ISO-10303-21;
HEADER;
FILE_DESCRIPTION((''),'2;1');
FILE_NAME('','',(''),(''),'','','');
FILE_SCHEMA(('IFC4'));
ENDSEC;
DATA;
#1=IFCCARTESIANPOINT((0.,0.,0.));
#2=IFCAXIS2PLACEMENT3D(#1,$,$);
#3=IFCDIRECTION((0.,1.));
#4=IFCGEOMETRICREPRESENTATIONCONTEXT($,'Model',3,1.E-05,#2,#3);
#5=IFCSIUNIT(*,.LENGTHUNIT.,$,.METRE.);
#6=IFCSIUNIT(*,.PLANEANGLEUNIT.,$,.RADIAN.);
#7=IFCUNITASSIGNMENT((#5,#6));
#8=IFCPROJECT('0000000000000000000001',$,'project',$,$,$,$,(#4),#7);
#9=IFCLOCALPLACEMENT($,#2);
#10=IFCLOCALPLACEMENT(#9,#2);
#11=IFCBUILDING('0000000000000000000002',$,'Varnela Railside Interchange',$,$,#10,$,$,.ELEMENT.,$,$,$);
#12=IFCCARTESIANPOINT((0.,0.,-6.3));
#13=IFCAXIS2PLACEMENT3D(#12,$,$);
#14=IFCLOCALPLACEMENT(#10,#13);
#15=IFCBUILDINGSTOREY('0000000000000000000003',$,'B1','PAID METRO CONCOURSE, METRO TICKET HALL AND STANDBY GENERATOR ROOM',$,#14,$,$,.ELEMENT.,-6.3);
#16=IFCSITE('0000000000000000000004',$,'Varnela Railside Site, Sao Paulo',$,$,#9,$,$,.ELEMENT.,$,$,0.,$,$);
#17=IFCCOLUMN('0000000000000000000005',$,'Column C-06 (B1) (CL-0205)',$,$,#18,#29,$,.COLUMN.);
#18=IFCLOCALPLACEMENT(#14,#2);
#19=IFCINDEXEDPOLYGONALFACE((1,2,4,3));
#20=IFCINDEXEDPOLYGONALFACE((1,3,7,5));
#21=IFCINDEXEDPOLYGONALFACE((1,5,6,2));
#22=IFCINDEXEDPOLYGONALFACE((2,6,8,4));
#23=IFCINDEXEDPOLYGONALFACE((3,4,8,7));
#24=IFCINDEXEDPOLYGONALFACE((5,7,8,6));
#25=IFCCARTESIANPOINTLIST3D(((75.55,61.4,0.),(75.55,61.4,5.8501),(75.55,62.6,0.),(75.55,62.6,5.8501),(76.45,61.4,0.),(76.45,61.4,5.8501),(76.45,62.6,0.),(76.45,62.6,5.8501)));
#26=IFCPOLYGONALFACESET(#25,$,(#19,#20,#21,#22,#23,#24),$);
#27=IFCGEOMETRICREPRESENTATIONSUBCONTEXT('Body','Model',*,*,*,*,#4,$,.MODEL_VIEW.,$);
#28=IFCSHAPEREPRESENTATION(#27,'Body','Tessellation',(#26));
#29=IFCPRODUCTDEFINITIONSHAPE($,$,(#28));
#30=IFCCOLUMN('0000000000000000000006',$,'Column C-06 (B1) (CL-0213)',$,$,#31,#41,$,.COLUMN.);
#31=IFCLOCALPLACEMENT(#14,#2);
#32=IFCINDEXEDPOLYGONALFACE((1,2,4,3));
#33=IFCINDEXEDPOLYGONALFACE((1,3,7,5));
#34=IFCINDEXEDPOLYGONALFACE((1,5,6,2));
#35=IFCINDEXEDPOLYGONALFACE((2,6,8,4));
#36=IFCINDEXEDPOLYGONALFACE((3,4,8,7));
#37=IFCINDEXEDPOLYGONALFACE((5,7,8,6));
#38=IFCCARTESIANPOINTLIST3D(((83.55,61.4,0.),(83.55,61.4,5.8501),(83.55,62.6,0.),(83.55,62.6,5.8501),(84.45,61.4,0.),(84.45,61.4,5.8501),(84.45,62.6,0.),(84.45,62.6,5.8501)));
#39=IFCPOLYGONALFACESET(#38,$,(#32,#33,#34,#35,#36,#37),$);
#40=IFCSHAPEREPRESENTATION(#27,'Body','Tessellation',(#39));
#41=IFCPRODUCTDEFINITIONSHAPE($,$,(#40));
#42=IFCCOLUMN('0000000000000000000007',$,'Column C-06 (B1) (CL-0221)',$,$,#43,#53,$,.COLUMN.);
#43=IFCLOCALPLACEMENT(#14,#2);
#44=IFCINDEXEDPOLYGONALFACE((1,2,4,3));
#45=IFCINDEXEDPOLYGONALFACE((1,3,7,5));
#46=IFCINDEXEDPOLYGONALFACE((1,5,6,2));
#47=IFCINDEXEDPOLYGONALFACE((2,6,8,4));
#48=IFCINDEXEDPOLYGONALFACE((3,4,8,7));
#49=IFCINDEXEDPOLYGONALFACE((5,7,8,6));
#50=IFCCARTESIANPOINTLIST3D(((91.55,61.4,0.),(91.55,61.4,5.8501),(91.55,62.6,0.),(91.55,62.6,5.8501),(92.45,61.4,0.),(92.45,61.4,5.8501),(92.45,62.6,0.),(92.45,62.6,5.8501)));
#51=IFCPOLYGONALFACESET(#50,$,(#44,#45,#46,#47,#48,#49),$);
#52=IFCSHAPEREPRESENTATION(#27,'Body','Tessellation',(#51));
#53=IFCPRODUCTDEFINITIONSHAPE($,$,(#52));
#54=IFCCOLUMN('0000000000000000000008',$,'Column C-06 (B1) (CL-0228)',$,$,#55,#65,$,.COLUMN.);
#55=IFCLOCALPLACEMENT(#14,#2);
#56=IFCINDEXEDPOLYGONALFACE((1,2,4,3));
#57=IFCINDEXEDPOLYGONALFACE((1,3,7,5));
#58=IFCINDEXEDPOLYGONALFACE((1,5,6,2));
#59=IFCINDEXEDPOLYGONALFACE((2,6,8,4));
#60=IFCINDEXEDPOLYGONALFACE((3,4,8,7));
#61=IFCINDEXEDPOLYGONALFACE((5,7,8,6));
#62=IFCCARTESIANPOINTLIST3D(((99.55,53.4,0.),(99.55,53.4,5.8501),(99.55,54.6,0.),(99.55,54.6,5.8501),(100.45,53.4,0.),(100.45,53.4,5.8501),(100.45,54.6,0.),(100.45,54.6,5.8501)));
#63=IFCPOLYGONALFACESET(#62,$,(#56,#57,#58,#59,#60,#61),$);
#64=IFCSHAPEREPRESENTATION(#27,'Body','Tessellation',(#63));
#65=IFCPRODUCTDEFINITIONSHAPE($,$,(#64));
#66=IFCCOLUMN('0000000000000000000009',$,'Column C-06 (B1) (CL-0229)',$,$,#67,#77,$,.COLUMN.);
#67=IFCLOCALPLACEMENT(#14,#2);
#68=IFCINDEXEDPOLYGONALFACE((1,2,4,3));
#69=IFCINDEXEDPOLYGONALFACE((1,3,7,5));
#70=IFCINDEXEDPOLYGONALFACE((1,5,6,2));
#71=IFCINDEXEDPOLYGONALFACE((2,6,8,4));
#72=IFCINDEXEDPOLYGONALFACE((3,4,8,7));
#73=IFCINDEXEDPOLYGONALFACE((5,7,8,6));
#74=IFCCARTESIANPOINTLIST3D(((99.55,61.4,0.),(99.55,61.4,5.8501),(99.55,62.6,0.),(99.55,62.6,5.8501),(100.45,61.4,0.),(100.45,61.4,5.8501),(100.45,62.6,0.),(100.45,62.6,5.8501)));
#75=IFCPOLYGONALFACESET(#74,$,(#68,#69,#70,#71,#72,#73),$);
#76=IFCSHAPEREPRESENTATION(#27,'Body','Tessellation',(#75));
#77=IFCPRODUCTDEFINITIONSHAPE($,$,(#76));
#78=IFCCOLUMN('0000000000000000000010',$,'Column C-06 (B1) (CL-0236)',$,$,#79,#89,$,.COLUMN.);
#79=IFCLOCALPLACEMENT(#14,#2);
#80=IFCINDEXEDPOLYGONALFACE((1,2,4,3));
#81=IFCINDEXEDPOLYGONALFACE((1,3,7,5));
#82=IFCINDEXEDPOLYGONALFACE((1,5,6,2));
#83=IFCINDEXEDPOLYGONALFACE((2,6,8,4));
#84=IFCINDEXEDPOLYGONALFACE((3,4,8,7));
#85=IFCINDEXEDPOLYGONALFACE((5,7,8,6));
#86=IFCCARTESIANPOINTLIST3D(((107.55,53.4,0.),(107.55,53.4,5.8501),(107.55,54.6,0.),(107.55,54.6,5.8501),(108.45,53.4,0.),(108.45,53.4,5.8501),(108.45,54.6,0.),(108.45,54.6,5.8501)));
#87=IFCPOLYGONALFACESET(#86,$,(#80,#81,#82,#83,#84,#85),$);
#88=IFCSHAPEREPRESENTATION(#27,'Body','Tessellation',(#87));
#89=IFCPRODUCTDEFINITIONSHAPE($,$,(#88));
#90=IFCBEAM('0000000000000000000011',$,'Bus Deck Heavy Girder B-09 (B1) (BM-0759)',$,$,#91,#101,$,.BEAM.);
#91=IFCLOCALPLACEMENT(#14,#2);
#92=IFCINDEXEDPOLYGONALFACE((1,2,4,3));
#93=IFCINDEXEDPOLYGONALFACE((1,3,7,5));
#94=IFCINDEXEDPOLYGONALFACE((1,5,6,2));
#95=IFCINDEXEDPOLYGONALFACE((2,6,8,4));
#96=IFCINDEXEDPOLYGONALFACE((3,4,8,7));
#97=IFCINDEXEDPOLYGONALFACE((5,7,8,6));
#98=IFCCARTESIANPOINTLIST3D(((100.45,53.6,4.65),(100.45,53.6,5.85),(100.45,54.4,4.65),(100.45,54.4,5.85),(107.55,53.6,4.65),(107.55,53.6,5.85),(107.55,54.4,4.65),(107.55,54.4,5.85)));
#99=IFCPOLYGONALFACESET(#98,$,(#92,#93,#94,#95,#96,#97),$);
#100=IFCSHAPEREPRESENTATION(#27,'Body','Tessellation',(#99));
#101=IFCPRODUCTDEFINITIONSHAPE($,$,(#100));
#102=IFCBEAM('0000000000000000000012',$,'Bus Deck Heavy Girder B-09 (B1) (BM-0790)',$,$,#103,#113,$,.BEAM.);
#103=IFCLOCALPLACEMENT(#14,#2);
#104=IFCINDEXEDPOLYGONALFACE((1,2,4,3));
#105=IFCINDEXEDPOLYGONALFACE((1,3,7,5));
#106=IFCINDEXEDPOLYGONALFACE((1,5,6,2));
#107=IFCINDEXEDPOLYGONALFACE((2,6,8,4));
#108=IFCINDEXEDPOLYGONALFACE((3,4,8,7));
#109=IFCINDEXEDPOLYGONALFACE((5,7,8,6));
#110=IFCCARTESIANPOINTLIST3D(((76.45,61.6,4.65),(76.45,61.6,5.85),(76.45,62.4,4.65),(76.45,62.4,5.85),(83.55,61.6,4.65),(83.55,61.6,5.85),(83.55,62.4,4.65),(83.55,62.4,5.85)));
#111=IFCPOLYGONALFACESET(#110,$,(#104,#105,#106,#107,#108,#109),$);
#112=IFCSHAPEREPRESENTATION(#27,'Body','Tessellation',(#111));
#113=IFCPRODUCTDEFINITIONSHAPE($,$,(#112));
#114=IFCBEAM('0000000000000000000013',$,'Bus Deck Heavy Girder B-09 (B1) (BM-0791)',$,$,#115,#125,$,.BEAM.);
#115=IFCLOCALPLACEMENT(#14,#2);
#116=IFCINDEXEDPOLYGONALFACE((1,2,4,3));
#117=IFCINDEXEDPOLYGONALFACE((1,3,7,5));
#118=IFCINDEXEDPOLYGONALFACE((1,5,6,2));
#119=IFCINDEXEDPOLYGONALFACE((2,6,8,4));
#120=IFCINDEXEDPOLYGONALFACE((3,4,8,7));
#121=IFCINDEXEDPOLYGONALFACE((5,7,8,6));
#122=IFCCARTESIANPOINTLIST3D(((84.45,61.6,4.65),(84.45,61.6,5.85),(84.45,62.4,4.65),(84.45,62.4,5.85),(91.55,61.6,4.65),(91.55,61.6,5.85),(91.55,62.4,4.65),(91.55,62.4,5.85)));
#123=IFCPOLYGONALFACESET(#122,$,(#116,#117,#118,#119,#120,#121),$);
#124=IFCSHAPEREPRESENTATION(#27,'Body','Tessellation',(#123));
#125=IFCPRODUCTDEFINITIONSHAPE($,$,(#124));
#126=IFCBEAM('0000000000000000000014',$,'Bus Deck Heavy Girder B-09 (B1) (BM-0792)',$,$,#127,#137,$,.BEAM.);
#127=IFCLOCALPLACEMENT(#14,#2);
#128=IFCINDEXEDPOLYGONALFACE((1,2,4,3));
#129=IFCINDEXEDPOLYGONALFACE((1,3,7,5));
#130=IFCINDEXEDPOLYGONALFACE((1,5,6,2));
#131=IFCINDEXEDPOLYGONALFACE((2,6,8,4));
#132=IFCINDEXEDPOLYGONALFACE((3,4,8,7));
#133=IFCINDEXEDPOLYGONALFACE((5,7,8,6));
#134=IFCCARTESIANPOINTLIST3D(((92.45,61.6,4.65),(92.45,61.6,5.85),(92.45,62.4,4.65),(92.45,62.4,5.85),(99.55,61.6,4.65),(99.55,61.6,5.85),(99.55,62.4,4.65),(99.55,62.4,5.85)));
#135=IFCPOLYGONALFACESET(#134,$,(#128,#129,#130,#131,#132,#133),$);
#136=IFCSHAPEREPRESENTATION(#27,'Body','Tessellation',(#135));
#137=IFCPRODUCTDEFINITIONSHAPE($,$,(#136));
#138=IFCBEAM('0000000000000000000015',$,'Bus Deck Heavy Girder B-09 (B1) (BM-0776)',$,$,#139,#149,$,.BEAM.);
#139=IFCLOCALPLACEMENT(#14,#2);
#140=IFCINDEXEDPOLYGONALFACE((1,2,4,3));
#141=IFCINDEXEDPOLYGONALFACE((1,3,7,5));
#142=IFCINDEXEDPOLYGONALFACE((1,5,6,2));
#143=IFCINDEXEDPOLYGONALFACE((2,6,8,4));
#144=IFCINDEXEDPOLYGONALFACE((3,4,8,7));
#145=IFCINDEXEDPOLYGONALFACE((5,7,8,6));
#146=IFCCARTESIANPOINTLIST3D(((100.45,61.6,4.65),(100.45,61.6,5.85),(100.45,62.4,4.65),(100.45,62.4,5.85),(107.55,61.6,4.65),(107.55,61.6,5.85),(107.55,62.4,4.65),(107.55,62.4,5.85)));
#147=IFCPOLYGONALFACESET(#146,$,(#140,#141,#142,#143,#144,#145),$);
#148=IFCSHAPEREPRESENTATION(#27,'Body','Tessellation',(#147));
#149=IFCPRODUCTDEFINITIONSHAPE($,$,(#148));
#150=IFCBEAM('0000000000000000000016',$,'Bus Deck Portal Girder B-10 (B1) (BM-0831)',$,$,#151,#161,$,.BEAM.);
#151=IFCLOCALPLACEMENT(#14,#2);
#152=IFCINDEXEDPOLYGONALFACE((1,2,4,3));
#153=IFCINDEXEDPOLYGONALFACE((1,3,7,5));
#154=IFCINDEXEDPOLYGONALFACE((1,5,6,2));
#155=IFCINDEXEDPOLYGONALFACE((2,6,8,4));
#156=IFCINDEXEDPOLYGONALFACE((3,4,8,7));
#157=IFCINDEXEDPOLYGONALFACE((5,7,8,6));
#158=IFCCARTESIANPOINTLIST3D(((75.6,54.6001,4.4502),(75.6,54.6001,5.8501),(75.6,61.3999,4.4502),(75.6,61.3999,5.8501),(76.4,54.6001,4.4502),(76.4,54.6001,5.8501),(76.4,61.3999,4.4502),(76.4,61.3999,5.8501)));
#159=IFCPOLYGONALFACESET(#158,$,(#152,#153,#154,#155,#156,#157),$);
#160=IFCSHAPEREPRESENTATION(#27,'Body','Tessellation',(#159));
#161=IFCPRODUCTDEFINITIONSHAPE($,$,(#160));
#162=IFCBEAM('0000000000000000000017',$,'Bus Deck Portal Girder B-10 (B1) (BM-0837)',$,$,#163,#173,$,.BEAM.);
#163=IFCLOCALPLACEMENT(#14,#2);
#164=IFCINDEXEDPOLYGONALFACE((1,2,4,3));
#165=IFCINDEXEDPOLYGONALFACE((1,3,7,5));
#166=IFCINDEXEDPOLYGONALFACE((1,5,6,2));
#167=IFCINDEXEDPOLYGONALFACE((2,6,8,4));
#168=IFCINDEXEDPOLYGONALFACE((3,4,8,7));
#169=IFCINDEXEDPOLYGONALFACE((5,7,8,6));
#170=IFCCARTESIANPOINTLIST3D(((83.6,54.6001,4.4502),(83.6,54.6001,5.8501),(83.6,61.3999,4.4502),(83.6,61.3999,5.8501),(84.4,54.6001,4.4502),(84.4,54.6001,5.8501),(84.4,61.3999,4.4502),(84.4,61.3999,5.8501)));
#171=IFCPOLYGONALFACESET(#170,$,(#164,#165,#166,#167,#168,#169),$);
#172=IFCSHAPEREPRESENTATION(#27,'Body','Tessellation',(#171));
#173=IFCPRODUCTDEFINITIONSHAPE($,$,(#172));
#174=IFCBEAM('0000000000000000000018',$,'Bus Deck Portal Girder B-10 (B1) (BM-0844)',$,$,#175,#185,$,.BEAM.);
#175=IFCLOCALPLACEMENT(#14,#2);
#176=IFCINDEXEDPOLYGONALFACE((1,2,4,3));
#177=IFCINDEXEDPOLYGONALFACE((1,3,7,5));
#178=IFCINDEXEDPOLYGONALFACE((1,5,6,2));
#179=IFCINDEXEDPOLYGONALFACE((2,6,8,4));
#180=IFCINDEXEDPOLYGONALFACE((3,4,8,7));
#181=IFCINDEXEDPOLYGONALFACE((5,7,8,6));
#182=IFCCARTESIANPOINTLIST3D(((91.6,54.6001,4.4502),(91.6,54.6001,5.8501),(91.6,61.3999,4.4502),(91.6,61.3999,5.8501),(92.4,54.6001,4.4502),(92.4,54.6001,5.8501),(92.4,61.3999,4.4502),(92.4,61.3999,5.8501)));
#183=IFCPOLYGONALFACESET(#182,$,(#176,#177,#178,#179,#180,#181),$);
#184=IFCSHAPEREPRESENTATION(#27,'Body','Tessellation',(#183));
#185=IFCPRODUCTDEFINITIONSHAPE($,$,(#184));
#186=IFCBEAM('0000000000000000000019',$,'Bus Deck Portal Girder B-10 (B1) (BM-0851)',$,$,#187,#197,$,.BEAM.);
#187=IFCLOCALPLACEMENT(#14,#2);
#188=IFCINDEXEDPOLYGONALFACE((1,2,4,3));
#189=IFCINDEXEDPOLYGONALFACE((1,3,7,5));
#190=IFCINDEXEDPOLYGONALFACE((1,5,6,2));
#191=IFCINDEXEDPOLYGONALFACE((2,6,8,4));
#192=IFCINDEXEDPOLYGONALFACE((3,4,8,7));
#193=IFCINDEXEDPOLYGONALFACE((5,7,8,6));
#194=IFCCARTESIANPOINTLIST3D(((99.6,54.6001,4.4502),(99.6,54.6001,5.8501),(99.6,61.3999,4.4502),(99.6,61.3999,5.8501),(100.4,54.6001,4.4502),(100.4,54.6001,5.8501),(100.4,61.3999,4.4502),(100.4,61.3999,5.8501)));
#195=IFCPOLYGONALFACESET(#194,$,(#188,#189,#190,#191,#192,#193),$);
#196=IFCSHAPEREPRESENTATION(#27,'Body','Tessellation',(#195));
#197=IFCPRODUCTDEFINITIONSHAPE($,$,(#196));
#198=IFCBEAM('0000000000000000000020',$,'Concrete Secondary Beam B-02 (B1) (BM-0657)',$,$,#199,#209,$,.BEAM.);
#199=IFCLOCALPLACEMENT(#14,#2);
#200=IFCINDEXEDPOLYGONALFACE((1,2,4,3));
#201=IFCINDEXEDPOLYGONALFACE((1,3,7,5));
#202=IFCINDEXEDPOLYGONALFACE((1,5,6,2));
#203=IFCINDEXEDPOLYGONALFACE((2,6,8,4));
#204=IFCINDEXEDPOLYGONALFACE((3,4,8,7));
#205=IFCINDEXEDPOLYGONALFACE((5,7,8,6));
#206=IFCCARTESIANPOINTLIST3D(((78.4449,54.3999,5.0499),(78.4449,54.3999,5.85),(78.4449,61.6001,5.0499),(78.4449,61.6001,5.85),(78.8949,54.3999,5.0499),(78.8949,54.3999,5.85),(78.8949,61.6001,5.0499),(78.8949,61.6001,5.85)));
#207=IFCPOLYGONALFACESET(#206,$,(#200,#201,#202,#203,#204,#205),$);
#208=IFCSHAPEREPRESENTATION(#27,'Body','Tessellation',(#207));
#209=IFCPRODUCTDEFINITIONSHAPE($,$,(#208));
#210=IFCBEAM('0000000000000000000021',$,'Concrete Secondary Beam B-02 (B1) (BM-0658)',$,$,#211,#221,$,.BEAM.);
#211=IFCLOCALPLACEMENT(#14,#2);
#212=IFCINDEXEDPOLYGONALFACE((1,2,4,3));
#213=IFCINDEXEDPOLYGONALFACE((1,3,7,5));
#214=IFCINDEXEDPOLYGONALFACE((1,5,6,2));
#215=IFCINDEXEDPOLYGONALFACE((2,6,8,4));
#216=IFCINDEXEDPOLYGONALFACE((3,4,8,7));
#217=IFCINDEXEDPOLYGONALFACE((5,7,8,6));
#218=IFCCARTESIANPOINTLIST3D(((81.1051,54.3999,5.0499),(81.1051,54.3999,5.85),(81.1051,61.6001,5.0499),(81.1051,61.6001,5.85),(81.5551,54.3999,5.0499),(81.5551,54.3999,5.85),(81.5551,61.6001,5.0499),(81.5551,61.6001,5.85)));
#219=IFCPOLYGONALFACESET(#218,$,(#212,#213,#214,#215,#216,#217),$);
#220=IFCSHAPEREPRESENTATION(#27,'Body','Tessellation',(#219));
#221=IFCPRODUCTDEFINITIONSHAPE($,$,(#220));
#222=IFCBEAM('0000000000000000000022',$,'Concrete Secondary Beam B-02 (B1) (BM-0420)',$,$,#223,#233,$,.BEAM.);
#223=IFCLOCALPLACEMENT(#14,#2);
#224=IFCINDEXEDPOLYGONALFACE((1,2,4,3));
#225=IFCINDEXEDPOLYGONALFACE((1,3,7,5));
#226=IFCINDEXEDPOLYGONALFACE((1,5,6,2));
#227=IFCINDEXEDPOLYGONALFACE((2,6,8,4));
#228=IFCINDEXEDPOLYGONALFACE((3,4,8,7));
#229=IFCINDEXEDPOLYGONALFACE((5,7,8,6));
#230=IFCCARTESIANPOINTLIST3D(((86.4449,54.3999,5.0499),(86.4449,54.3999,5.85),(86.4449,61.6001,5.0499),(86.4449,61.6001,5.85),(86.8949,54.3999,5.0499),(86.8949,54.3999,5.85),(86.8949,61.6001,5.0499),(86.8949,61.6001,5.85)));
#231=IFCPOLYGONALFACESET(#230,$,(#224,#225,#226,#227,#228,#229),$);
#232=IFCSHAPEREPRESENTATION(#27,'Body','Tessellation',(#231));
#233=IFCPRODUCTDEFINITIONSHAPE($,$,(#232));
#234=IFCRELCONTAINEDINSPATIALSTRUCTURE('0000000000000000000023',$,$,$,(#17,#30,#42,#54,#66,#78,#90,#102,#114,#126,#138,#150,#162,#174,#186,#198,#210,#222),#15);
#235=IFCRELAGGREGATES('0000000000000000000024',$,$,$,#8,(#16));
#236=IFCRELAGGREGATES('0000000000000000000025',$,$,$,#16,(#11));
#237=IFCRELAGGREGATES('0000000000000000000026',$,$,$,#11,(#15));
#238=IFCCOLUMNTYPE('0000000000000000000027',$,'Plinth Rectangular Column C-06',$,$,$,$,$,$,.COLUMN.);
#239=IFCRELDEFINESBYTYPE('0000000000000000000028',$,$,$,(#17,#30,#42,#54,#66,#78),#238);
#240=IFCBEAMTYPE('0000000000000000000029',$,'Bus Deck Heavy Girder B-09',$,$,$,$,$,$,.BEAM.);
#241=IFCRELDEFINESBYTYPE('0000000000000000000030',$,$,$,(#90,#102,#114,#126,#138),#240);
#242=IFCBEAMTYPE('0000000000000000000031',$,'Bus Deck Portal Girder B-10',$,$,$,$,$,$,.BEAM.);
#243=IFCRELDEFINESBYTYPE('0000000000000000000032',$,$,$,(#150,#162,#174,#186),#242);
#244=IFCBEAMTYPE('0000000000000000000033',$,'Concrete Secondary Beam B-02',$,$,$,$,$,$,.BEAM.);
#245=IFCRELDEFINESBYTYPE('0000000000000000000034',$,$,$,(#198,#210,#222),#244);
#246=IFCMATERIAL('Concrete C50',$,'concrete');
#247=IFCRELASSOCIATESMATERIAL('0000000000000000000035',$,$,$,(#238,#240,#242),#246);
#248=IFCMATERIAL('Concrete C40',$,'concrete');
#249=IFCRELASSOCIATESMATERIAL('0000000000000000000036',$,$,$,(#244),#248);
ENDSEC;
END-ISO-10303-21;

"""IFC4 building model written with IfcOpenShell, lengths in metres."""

from ifc_helpers import new_model, si_unit, direction, frame, origin, origin_2d, place, context, subcontext, project, spatial, rectangle, extrude, material, material_profile, profile_set, type_object, element, save


model = new_model("IFC4")

# Units and contexts
model_context = context("Model", 3, precision=1e-05, world=origin(), true_north=direction((0.0, 1.0)))
body_context = subcontext(model_context, "Body", "Model", "MODEL_VIEW")
ifc_project = project(units=[si_unit("LENGTHUNIT", "METRE"), si_unit("PLANEANGLEUNIT", "RADIAN")], contexts=[model_context])

# Site, building, storey
site_placement = place(None, origin())
site = spatial("IfcSite", under=ifc_project, at=site_placement, Name="Varnela Railside Site, Sao Paulo", CompositionType="ELEMENT", RefElevation=0.0)
building_placement = place(site_placement, origin())
building = spatial("IfcBuilding", under=site, at=building_placement, Name="Varnela Railside Interchange", CompositionType="ELEMENT")
storey_placement = place(building_placement, frame((0.0, 0.0, -6.3)))
storey = spatial("IfcBuildingStorey", under=building, at=storey_placement, Name="B1", Description="PAID METRO CONCOURSE, METRO TICKET HALL AND STANDBY GENERATOR ROOM", CompositionType="ELEMENT", Elevation=-6.3)

# Columns
ifc_material_1 = material(Name="Concrete C50", Category="concrete")
ifc_material_profile_1 = material_profile(ifc_material_1, rectangle(XDim=0.8999, YDim=1.2, at=origin_2d()), Name="RC 900x1200")
ifc_profile_set_1 = profile_set([ifc_material_profile_1], Name="Concrete C50")
column_type = type_object("IfcColumnType", Name="Plinth Rectangular Column C-06", PredefinedType="COLUMN", material=ifc_profile_set_1)
for number, where, z_axis, x_axis, name in (
    (1, (76.0, 62.0, 0.0), (0.0, 0.0, 1.0), (1.0, 0.0, 0.0), "Column C-06 (B1) (CL-0205)"),
    (2, (84.0, 62.0, 0.0), (0.0, 0.0, 1.0), (1.0, 0.0, 0.0), "Column C-06 (B1) (CL-0213)"),
    (3, (92.0, 62.0, 0.0), (0.0, 0.0, 1.0), (1.0, 0.0, 0.0), "Column C-06 (B1) (CL-0221)"),
    (4, (100.0, 54.0, 0.0), (0.0, 0.0, 1.0), (1.0, 0.0, 0.0), "Column C-06 (B1) (CL-0228)"),
    (5, (100.0, 62.0, 0.0), (0.0, 0.0, 1.0), (1.0, 0.0, 0.0), "Column C-06 (B1) (CL-0229)"),
    (6, (108.0, 54.0, 0.0), (0.0, 0.0, 1.0), (1.0, 0.0, 0.0), "Column C-06 (B1) (CL-0236)"),
):
    element("IfcColumn", number, at=place(storey_placement, frame(where, z_axis=z_axis, x_axis=x_axis)), inside=storey, type_object=column_type, Name=name, PredefinedType="COLUMN", context=body_context, shape_type="SweptSolid", body=[
        extrude(rectangle(XDim=0.8999, YDim=1.2, at=origin_2d()), origin(), (0.0, 0.0, 1.0), 5.8501),
    ])

# Beams
ifc_material_profile_2 = material_profile(ifc_material_1, rectangle(XDim=0.8, YDim=1.2, at=origin_2d()), Name="RC 800x1200")
ifc_profile_set_2 = profile_set([ifc_material_profile_2], Name="Concrete C50")
beam_type_1 = type_object("IfcBeamType", Name="Bus Deck Heavy Girder B-09", PredefinedType="BEAM", material=ifc_profile_set_2)
for number, where, z_axis, x_axis, name in (
    (7, (100.45, 54.0, 5.25), (1.0, 0.0, 0.0), (0.0, 1.0, 0.0), "Bus Deck Heavy Girder B-09 (B1) (BM-0759)"),
    (8, (76.45, 62.0, 5.25), (1.0, 0.0, 0.0), (0.0, 1.0, 0.0), "Bus Deck Heavy Girder B-09 (B1) (BM-0790)"),
    (9, (84.45, 62.0, 5.25), (1.0, 0.0, 0.0), (0.0, 1.0, 0.0), "Bus Deck Heavy Girder B-09 (B1) (BM-0791)"),
    (10, (92.45, 62.0, 5.25), (1.0, 0.0, 0.0), (0.0, 1.0, 0.0), "Bus Deck Heavy Girder B-09 (B1) (BM-0792)"),
    (11, (100.45, 62.0, 5.25), (1.0, 0.0, 0.0), (0.0, 1.0, 0.0), "Bus Deck Heavy Girder B-09 (B1) (BM-0776)"),
):
    element("IfcBeam", number, at=place(storey_placement, frame(where, z_axis=z_axis, x_axis=x_axis)), inside=storey, type_object=beam_type_1, Name=name, PredefinedType="BEAM", context=body_context, shape_type="SweptSolid", body=[
        extrude(rectangle(XDim=0.8, YDim=1.2, at=origin_2d()), origin(), (0.0, 0.0, 1.0), 7.1001),
    ])
ifc_material_profile_3 = material_profile(ifc_material_1, rectangle(XDim=0.8, YDim=1.3999, at=origin_2d()), Name="RC 800x1400")
ifc_profile_set_3 = profile_set([ifc_material_profile_3], Name="Concrete C50")
beam_type_2 = type_object("IfcBeamType", Name="Bus Deck Portal Girder B-10", PredefinedType="BEAM", material=ifc_profile_set_3)
for number, where, z_axis, x_axis, name in (
    (12, (76.0, 54.6001, 5.1501), (0.0, 1.0, 0.0), (-1.0, 0.0, 0.0), "Bus Deck Portal Girder B-10 (B1) (BM-0831)"),
    (13, (84.0, 54.6001, 5.1501), (0.0, 1.0, 0.0), (-1.0, 0.0, 0.0), "Bus Deck Portal Girder B-10 (B1) (BM-0837)"),
    (14, (92.0, 54.6001, 5.1501), (0.0, 1.0, 0.0), (-1.0, 0.0, 0.0), "Bus Deck Portal Girder B-10 (B1) (BM-0844)"),
    (15, (100.0, 54.6001, 5.1501), (0.0, 1.0, 0.0), (-1.0, 0.0, 0.0), "Bus Deck Portal Girder B-10 (B1) (BM-0851)"),
):
    element("IfcBeam", number, at=place(storey_placement, frame(where, z_axis=z_axis, x_axis=x_axis)), inside=storey, type_object=beam_type_2, Name=name, PredefinedType="BEAM", context=body_context, shape_type="SweptSolid", body=[
        extrude(rectangle(XDim=0.8, YDim=1.3999, at=origin_2d()), origin(), (0.0, 0.0, 1.0), 6.7998),
    ])
ifc_material_2 = material(Name="Concrete C40", Category="concrete")
ifc_material_profile_4 = material_profile(ifc_material_2, rectangle(XDim=0.45, YDim=0.8, at=origin_2d()), Name="RC 450x800")
ifc_profile_set_4 = profile_set([ifc_material_profile_4], Name="Concrete C40")
beam_type_3 = type_object("IfcBeamType", Name="Concrete Secondary Beam B-02", PredefinedType="BEAM", material=ifc_profile_set_4)
for number, where, z_axis, x_axis, name in (
    (16, (78.6699, 54.3999, 5.45), (0.0, 1.0, 0.0), (-1.0, 0.0, 0.0), "Concrete Secondary Beam B-02 (B1) (BM-0657)"),
    (17, (81.3301, 54.3999, 5.45), (0.0, 1.0, 0.0), (-1.0, 0.0, 0.0), "Concrete Secondary Beam B-02 (B1) (BM-0658)"),
    (18, (86.6699, 54.3999, 5.45), (0.0, 1.0, 0.0), (-1.0, 0.0, 0.0), "Concrete Secondary Beam B-02 (B1) (BM-0420)"),
):
    element("IfcBeam", number, at=place(storey_placement, frame(where, z_axis=z_axis, x_axis=x_axis)), inside=storey, type_object=beam_type_3, Name=name, PredefinedType="BEAM", context=body_context, shape_type="SweptSolid", body=[
        extrude(rectangle(XDim=0.45, YDim=0.8, at=origin_2d()), origin(), (0.0, 0.0, 1.0), 7.2002),
    ])

save(model, "model.ifc")
